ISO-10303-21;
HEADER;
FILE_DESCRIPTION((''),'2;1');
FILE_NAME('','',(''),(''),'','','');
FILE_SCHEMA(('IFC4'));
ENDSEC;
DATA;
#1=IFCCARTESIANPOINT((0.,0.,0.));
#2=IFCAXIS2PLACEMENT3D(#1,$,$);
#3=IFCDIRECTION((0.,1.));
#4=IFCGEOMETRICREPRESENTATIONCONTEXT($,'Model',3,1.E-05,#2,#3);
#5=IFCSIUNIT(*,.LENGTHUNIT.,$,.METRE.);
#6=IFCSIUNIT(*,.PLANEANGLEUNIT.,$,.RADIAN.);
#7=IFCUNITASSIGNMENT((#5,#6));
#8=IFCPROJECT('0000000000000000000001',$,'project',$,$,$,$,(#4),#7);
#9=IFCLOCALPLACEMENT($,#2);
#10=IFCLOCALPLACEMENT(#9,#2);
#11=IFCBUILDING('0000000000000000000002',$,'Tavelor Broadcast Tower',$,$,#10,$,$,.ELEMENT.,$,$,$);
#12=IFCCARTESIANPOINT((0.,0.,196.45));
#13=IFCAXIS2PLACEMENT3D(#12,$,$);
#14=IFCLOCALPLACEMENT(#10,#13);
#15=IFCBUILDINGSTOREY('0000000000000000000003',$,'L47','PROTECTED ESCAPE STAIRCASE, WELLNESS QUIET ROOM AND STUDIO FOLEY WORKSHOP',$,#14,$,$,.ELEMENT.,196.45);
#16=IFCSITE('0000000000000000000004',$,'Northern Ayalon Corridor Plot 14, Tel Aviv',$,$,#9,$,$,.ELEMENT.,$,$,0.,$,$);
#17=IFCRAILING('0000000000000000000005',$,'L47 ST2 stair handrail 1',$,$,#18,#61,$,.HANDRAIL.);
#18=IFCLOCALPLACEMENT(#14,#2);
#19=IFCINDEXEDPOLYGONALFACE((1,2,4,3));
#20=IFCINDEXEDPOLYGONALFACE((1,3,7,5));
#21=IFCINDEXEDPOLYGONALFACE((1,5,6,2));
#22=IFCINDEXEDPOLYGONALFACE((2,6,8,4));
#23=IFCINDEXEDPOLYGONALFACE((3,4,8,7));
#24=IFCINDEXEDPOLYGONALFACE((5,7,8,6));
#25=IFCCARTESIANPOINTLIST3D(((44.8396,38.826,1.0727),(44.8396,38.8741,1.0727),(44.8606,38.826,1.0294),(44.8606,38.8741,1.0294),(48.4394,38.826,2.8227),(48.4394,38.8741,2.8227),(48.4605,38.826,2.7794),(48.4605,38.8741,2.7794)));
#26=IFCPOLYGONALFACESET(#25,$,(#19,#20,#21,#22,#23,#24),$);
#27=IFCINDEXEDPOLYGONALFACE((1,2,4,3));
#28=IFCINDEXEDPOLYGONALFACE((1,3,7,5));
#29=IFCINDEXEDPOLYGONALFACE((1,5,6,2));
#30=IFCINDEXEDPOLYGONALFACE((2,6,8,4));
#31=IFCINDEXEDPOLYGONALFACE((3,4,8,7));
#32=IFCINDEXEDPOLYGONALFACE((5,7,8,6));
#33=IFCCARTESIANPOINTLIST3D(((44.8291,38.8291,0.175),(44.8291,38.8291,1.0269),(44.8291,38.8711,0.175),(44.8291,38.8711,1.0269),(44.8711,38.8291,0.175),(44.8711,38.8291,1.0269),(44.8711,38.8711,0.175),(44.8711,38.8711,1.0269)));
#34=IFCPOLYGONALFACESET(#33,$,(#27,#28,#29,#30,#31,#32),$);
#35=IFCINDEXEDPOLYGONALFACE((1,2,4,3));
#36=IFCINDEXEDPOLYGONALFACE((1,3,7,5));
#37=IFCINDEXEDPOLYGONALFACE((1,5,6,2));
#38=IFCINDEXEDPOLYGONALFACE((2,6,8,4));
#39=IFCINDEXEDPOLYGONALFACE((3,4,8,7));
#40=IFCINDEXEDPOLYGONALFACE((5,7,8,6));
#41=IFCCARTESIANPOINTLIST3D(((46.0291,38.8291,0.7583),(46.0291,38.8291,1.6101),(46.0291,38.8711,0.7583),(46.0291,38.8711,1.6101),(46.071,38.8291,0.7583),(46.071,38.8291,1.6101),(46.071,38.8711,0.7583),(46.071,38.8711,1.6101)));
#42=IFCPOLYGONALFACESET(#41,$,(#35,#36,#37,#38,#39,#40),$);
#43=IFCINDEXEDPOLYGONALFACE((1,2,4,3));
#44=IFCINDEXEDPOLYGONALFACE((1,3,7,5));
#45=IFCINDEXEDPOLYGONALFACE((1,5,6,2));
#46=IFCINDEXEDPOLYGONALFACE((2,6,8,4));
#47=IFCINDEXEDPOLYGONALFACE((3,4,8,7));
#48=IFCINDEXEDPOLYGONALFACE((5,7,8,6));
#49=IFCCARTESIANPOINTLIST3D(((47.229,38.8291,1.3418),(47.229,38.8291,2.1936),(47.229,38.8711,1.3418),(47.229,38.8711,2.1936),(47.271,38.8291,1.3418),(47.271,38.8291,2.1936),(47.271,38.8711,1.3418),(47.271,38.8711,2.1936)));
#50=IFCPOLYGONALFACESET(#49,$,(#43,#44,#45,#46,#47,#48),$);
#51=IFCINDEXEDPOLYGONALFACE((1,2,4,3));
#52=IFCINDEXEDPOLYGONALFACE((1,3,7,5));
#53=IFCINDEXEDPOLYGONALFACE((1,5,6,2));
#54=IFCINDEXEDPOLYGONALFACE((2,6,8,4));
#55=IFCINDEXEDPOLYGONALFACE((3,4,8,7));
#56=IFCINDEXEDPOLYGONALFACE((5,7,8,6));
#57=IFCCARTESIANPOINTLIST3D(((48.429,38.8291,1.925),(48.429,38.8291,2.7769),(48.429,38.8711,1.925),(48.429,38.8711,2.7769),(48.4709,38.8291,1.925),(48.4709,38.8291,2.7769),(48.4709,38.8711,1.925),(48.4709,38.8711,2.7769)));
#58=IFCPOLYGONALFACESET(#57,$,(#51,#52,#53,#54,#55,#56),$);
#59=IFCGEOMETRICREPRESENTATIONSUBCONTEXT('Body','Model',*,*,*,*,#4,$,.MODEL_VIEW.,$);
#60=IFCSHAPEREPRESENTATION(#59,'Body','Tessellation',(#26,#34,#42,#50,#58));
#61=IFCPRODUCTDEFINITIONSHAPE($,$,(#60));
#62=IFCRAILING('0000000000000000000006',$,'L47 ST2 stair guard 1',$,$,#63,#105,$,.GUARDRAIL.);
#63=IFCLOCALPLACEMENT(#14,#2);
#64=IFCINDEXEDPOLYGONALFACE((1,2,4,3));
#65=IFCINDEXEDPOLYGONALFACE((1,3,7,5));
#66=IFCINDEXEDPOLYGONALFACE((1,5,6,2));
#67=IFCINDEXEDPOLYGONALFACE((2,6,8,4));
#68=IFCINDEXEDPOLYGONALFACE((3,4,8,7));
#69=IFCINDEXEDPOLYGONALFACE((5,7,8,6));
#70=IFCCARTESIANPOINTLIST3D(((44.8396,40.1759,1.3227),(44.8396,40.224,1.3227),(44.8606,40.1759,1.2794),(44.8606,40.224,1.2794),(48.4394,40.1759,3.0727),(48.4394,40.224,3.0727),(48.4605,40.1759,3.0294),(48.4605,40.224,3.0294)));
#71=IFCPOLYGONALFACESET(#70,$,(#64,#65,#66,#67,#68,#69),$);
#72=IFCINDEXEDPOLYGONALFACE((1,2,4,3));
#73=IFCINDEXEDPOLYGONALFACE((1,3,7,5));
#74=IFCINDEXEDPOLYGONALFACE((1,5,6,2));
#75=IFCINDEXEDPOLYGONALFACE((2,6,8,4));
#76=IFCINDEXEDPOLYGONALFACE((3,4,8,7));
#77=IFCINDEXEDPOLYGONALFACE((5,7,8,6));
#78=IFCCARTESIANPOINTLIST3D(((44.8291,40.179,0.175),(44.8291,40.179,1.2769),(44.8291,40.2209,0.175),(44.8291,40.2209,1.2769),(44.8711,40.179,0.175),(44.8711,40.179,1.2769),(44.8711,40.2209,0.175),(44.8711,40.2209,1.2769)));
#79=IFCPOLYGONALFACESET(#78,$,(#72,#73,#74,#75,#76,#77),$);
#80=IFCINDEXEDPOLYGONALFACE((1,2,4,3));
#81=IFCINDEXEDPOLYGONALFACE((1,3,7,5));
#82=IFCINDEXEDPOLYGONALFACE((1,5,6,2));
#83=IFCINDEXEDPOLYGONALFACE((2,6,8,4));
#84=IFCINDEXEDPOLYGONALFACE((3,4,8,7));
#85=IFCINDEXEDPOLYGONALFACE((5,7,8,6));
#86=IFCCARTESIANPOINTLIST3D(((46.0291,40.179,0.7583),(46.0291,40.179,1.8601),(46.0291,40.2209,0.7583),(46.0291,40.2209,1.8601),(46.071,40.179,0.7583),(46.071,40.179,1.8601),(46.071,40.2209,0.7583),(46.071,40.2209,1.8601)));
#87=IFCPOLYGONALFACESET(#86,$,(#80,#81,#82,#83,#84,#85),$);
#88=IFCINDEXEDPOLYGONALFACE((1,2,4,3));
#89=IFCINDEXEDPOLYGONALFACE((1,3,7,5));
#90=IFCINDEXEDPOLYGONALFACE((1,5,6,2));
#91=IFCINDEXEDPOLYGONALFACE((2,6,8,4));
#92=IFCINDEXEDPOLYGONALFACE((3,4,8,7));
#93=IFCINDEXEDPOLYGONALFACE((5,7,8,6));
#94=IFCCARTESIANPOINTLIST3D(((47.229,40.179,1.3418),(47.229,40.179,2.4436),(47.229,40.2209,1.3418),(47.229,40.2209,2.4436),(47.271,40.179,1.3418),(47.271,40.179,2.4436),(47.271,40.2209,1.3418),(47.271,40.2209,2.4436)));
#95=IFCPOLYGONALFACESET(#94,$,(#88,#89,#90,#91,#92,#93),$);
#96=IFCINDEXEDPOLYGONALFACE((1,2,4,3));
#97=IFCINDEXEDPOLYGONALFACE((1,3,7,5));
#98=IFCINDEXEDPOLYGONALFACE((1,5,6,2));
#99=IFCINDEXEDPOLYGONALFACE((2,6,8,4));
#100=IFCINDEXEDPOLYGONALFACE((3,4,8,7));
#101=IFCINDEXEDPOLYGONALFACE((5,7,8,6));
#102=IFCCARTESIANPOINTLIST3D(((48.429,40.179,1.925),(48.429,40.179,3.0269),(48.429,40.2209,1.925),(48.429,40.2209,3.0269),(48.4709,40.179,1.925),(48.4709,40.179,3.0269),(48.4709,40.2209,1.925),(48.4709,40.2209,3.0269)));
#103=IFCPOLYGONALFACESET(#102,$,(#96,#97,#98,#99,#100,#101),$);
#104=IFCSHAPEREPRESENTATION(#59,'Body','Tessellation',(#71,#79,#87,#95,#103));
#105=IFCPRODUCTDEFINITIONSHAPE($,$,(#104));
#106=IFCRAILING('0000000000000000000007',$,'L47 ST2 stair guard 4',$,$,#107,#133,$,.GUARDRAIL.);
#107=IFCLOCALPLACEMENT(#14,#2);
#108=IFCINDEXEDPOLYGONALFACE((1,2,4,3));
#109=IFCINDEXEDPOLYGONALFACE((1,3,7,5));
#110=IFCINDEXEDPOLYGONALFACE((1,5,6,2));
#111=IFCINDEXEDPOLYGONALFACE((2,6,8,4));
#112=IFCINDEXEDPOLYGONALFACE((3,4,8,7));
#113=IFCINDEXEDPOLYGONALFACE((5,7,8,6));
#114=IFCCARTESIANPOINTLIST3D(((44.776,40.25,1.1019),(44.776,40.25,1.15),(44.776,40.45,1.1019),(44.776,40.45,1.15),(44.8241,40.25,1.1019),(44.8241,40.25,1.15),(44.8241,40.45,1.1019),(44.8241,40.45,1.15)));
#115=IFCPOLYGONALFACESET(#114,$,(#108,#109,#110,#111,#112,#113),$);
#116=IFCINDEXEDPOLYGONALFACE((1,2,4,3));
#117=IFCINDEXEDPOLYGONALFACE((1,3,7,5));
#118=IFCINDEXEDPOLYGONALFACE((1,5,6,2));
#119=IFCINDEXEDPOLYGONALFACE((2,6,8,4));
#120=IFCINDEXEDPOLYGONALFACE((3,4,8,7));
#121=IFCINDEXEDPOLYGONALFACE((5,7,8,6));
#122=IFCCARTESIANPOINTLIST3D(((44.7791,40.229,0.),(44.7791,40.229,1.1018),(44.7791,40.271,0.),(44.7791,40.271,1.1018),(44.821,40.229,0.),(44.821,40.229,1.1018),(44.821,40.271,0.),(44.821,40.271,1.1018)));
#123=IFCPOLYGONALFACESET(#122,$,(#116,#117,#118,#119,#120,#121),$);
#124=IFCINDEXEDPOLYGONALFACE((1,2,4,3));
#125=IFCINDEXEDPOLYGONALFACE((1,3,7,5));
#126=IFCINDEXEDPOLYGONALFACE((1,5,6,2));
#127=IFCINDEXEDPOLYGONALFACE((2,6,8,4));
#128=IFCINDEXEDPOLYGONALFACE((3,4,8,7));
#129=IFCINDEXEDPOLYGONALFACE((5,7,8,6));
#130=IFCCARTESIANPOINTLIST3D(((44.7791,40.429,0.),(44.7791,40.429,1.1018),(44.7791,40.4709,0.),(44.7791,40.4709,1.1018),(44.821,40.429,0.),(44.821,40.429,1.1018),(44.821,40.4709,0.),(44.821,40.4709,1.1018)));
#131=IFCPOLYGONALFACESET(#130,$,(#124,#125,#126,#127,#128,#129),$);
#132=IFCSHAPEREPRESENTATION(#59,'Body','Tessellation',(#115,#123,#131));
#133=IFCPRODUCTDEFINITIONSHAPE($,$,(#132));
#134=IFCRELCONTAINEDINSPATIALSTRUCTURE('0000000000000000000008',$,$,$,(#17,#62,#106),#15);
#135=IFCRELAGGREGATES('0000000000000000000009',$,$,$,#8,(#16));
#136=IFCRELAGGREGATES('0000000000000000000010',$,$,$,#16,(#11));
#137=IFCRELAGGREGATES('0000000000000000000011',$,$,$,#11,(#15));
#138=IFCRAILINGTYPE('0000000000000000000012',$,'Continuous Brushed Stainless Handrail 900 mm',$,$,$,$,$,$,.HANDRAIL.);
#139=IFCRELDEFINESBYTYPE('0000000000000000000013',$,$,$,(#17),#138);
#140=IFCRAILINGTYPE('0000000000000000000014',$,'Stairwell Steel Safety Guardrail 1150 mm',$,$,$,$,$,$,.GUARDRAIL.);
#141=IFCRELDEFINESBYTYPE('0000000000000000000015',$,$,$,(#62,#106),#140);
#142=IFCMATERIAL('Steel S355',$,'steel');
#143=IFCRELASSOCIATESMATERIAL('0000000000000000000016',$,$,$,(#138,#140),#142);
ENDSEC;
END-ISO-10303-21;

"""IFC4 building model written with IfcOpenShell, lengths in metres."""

from ifc_helpers import new_model, si_unit, direction, frame, origin, origin_2d, place, context, subcontext, project, spatial, rectangle, extrude, material, type_object, element, save


model = new_model("IFC4")

# Units and contexts
model_context = context("Model", 3, precision=1e-05, world=origin(), true_north=direction((0.0, 1.0)))
body_context = subcontext(model_context, "Body", "Model", "MODEL_VIEW")
ifc_project = project(units=[si_unit("LENGTHUNIT", "METRE"), si_unit("PLANEANGLEUNIT", "RADIAN")], contexts=[model_context])

# Site, building, storey
site_placement = place(None, origin())
site = spatial("IfcSite", under=ifc_project, at=site_placement, Name="Northern Ayalon Corridor Plot 14, Tel Aviv", CompositionType="ELEMENT", RefElevation=0.0)
building_placement = place(site_placement, origin())
building = spatial("IfcBuilding", under=site, at=building_placement, Name="Tavelor Broadcast Tower", CompositionType="ELEMENT")
storey_placement = place(building_placement, frame((0.0, 0.0, 196.45)))
storey = spatial("IfcBuildingStorey", under=building, at=storey_placement, Name="L47", Description="PROTECTED ESCAPE STAIRCASE, WELLNESS QUIET ROOM AND STUDIO FOLEY WORKSHOP", CompositionType="ELEMENT", Elevation=196.45)

# Shared definitions
ifc_material_1 = material(Name="Steel S355", Category="steel")

# Railings
railing_type_1 = type_object("IfcRailingType", Name="Continuous Brushed Stainless Handrail 900 mm", PredefinedType="HANDRAIL", material=ifc_material_1)
railing_1_placement = place(storey_placement, frame((44.8501, 38.8501, 0.175)))
element("IfcRailing", 1, at=railing_1_placement, inside=storey, type_object=railing_type_1, Name="L47 ST2 stair handrail 1", PredefinedType="HANDRAIL", context=body_context, shape_type="SweptSolid", body=[
    extrude(rectangle(XDim=0.0481, YDim=0.0481, at=origin_2d()), frame((0.0, 0.0, 0.876), z_axis=(0.899361, 0.0, 0.437207), x_axis=(0.0, 1.0, 0.0)), (0.0, 0.0, 1.0), 4.0027),
    extrude(rectangle(XDim=0.042, YDim=0.042, at=origin_2d()), origin(), (0.0, 0.0, 1.0), 0.8518),
    extrude(rectangle(XDim=0.042, YDim=0.042, at=origin_2d()), frame((1.2, 0.0, 0.5833)), (0.0, 0.0, 1.0), 0.8518),
    extrude(rectangle(XDim=0.042, YDim=0.042, at=origin_2d()), frame((2.3999, 0.0, 1.1667)), (0.0, 0.0, 1.0), 0.8518),
    extrude(rectangle(XDim=0.042, YDim=0.042, at=origin_2d()), frame((3.5999, 0.0, 1.75)), (0.0, 0.0, 1.0), 0.8518),
])
railing_type_2 = type_object("IfcRailingType", Name="Stairwell Steel Safety Guardrail 1150 mm", PredefinedType="GUARDRAIL", material=ifc_material_1)
railing_2_placement = place(storey_placement, frame((44.8501, 40.2, 0.175)))
element("IfcRailing", 2, at=railing_2_placement, inside=storey, type_object=railing_type_2, Name="L47 ST2 stair guard 1", PredefinedType="GUARDRAIL", context=body_context, shape_type="SweptSolid", body=[
    extrude(rectangle(XDim=0.0481, YDim=0.0481, at=origin_2d()), frame((0.0, 0.0, 1.126), z_axis=(0.899361, 0.0, 0.437207), x_axis=(0.0, 1.0, 0.0)), (0.0, 0.0, 1.0), 4.0027),
    extrude(rectangle(XDim=0.042, YDim=0.042, at=origin_2d()), origin(), (0.0, 0.0, 1.0), 1.1018),
    extrude(rectangle(XDim=0.042, YDim=0.042, at=origin_2d()), frame((1.2, 0.0, 0.5833)), (0.0, 0.0, 1.0), 1.1018),
    extrude(rectangle(XDim=0.042, YDim=0.042, at=origin_2d()), frame((2.3999, 0.0, 1.1667)), (0.0, 0.0, 1.0), 1.1018),
    extrude(rectangle(XDim=0.042, YDim=0.042, at=origin_2d()), frame((3.5999, 0.0, 1.75)), (0.0, 0.0, 1.0), 1.1018),
])
railing_3_placement = place(storey_placement, frame((44.8, 40.25, 0.0)))
element("IfcRailing", 3, at=railing_3_placement, inside=storey, type_object=railing_type_2, Name="L47 ST2 stair guard 4", PredefinedType="GUARDRAIL", context=body_context, shape_type="SweptSolid", body=[
    extrude(rectangle(XDim=0.0481, YDim=0.0481, at=origin_2d()), frame((0.0, 0.0, 1.126), z_axis=(0.0, 1.0, 0.0), x_axis=(-1.0, 0.0, 0.0)), (0.0, 0.0, 1.0), 0.2),
    extrude(rectangle(XDim=0.042, YDim=0.042, at=origin_2d()), origin(), (0.0, 0.0, 1.0), 1.1018),
    extrude(rectangle(XDim=0.042, YDim=0.042, at=origin_2d()), frame((0.0, 0.2, 0.0)), (0.0, 0.0, 1.0), 1.1018),
])

save(model, "model.ifc")
